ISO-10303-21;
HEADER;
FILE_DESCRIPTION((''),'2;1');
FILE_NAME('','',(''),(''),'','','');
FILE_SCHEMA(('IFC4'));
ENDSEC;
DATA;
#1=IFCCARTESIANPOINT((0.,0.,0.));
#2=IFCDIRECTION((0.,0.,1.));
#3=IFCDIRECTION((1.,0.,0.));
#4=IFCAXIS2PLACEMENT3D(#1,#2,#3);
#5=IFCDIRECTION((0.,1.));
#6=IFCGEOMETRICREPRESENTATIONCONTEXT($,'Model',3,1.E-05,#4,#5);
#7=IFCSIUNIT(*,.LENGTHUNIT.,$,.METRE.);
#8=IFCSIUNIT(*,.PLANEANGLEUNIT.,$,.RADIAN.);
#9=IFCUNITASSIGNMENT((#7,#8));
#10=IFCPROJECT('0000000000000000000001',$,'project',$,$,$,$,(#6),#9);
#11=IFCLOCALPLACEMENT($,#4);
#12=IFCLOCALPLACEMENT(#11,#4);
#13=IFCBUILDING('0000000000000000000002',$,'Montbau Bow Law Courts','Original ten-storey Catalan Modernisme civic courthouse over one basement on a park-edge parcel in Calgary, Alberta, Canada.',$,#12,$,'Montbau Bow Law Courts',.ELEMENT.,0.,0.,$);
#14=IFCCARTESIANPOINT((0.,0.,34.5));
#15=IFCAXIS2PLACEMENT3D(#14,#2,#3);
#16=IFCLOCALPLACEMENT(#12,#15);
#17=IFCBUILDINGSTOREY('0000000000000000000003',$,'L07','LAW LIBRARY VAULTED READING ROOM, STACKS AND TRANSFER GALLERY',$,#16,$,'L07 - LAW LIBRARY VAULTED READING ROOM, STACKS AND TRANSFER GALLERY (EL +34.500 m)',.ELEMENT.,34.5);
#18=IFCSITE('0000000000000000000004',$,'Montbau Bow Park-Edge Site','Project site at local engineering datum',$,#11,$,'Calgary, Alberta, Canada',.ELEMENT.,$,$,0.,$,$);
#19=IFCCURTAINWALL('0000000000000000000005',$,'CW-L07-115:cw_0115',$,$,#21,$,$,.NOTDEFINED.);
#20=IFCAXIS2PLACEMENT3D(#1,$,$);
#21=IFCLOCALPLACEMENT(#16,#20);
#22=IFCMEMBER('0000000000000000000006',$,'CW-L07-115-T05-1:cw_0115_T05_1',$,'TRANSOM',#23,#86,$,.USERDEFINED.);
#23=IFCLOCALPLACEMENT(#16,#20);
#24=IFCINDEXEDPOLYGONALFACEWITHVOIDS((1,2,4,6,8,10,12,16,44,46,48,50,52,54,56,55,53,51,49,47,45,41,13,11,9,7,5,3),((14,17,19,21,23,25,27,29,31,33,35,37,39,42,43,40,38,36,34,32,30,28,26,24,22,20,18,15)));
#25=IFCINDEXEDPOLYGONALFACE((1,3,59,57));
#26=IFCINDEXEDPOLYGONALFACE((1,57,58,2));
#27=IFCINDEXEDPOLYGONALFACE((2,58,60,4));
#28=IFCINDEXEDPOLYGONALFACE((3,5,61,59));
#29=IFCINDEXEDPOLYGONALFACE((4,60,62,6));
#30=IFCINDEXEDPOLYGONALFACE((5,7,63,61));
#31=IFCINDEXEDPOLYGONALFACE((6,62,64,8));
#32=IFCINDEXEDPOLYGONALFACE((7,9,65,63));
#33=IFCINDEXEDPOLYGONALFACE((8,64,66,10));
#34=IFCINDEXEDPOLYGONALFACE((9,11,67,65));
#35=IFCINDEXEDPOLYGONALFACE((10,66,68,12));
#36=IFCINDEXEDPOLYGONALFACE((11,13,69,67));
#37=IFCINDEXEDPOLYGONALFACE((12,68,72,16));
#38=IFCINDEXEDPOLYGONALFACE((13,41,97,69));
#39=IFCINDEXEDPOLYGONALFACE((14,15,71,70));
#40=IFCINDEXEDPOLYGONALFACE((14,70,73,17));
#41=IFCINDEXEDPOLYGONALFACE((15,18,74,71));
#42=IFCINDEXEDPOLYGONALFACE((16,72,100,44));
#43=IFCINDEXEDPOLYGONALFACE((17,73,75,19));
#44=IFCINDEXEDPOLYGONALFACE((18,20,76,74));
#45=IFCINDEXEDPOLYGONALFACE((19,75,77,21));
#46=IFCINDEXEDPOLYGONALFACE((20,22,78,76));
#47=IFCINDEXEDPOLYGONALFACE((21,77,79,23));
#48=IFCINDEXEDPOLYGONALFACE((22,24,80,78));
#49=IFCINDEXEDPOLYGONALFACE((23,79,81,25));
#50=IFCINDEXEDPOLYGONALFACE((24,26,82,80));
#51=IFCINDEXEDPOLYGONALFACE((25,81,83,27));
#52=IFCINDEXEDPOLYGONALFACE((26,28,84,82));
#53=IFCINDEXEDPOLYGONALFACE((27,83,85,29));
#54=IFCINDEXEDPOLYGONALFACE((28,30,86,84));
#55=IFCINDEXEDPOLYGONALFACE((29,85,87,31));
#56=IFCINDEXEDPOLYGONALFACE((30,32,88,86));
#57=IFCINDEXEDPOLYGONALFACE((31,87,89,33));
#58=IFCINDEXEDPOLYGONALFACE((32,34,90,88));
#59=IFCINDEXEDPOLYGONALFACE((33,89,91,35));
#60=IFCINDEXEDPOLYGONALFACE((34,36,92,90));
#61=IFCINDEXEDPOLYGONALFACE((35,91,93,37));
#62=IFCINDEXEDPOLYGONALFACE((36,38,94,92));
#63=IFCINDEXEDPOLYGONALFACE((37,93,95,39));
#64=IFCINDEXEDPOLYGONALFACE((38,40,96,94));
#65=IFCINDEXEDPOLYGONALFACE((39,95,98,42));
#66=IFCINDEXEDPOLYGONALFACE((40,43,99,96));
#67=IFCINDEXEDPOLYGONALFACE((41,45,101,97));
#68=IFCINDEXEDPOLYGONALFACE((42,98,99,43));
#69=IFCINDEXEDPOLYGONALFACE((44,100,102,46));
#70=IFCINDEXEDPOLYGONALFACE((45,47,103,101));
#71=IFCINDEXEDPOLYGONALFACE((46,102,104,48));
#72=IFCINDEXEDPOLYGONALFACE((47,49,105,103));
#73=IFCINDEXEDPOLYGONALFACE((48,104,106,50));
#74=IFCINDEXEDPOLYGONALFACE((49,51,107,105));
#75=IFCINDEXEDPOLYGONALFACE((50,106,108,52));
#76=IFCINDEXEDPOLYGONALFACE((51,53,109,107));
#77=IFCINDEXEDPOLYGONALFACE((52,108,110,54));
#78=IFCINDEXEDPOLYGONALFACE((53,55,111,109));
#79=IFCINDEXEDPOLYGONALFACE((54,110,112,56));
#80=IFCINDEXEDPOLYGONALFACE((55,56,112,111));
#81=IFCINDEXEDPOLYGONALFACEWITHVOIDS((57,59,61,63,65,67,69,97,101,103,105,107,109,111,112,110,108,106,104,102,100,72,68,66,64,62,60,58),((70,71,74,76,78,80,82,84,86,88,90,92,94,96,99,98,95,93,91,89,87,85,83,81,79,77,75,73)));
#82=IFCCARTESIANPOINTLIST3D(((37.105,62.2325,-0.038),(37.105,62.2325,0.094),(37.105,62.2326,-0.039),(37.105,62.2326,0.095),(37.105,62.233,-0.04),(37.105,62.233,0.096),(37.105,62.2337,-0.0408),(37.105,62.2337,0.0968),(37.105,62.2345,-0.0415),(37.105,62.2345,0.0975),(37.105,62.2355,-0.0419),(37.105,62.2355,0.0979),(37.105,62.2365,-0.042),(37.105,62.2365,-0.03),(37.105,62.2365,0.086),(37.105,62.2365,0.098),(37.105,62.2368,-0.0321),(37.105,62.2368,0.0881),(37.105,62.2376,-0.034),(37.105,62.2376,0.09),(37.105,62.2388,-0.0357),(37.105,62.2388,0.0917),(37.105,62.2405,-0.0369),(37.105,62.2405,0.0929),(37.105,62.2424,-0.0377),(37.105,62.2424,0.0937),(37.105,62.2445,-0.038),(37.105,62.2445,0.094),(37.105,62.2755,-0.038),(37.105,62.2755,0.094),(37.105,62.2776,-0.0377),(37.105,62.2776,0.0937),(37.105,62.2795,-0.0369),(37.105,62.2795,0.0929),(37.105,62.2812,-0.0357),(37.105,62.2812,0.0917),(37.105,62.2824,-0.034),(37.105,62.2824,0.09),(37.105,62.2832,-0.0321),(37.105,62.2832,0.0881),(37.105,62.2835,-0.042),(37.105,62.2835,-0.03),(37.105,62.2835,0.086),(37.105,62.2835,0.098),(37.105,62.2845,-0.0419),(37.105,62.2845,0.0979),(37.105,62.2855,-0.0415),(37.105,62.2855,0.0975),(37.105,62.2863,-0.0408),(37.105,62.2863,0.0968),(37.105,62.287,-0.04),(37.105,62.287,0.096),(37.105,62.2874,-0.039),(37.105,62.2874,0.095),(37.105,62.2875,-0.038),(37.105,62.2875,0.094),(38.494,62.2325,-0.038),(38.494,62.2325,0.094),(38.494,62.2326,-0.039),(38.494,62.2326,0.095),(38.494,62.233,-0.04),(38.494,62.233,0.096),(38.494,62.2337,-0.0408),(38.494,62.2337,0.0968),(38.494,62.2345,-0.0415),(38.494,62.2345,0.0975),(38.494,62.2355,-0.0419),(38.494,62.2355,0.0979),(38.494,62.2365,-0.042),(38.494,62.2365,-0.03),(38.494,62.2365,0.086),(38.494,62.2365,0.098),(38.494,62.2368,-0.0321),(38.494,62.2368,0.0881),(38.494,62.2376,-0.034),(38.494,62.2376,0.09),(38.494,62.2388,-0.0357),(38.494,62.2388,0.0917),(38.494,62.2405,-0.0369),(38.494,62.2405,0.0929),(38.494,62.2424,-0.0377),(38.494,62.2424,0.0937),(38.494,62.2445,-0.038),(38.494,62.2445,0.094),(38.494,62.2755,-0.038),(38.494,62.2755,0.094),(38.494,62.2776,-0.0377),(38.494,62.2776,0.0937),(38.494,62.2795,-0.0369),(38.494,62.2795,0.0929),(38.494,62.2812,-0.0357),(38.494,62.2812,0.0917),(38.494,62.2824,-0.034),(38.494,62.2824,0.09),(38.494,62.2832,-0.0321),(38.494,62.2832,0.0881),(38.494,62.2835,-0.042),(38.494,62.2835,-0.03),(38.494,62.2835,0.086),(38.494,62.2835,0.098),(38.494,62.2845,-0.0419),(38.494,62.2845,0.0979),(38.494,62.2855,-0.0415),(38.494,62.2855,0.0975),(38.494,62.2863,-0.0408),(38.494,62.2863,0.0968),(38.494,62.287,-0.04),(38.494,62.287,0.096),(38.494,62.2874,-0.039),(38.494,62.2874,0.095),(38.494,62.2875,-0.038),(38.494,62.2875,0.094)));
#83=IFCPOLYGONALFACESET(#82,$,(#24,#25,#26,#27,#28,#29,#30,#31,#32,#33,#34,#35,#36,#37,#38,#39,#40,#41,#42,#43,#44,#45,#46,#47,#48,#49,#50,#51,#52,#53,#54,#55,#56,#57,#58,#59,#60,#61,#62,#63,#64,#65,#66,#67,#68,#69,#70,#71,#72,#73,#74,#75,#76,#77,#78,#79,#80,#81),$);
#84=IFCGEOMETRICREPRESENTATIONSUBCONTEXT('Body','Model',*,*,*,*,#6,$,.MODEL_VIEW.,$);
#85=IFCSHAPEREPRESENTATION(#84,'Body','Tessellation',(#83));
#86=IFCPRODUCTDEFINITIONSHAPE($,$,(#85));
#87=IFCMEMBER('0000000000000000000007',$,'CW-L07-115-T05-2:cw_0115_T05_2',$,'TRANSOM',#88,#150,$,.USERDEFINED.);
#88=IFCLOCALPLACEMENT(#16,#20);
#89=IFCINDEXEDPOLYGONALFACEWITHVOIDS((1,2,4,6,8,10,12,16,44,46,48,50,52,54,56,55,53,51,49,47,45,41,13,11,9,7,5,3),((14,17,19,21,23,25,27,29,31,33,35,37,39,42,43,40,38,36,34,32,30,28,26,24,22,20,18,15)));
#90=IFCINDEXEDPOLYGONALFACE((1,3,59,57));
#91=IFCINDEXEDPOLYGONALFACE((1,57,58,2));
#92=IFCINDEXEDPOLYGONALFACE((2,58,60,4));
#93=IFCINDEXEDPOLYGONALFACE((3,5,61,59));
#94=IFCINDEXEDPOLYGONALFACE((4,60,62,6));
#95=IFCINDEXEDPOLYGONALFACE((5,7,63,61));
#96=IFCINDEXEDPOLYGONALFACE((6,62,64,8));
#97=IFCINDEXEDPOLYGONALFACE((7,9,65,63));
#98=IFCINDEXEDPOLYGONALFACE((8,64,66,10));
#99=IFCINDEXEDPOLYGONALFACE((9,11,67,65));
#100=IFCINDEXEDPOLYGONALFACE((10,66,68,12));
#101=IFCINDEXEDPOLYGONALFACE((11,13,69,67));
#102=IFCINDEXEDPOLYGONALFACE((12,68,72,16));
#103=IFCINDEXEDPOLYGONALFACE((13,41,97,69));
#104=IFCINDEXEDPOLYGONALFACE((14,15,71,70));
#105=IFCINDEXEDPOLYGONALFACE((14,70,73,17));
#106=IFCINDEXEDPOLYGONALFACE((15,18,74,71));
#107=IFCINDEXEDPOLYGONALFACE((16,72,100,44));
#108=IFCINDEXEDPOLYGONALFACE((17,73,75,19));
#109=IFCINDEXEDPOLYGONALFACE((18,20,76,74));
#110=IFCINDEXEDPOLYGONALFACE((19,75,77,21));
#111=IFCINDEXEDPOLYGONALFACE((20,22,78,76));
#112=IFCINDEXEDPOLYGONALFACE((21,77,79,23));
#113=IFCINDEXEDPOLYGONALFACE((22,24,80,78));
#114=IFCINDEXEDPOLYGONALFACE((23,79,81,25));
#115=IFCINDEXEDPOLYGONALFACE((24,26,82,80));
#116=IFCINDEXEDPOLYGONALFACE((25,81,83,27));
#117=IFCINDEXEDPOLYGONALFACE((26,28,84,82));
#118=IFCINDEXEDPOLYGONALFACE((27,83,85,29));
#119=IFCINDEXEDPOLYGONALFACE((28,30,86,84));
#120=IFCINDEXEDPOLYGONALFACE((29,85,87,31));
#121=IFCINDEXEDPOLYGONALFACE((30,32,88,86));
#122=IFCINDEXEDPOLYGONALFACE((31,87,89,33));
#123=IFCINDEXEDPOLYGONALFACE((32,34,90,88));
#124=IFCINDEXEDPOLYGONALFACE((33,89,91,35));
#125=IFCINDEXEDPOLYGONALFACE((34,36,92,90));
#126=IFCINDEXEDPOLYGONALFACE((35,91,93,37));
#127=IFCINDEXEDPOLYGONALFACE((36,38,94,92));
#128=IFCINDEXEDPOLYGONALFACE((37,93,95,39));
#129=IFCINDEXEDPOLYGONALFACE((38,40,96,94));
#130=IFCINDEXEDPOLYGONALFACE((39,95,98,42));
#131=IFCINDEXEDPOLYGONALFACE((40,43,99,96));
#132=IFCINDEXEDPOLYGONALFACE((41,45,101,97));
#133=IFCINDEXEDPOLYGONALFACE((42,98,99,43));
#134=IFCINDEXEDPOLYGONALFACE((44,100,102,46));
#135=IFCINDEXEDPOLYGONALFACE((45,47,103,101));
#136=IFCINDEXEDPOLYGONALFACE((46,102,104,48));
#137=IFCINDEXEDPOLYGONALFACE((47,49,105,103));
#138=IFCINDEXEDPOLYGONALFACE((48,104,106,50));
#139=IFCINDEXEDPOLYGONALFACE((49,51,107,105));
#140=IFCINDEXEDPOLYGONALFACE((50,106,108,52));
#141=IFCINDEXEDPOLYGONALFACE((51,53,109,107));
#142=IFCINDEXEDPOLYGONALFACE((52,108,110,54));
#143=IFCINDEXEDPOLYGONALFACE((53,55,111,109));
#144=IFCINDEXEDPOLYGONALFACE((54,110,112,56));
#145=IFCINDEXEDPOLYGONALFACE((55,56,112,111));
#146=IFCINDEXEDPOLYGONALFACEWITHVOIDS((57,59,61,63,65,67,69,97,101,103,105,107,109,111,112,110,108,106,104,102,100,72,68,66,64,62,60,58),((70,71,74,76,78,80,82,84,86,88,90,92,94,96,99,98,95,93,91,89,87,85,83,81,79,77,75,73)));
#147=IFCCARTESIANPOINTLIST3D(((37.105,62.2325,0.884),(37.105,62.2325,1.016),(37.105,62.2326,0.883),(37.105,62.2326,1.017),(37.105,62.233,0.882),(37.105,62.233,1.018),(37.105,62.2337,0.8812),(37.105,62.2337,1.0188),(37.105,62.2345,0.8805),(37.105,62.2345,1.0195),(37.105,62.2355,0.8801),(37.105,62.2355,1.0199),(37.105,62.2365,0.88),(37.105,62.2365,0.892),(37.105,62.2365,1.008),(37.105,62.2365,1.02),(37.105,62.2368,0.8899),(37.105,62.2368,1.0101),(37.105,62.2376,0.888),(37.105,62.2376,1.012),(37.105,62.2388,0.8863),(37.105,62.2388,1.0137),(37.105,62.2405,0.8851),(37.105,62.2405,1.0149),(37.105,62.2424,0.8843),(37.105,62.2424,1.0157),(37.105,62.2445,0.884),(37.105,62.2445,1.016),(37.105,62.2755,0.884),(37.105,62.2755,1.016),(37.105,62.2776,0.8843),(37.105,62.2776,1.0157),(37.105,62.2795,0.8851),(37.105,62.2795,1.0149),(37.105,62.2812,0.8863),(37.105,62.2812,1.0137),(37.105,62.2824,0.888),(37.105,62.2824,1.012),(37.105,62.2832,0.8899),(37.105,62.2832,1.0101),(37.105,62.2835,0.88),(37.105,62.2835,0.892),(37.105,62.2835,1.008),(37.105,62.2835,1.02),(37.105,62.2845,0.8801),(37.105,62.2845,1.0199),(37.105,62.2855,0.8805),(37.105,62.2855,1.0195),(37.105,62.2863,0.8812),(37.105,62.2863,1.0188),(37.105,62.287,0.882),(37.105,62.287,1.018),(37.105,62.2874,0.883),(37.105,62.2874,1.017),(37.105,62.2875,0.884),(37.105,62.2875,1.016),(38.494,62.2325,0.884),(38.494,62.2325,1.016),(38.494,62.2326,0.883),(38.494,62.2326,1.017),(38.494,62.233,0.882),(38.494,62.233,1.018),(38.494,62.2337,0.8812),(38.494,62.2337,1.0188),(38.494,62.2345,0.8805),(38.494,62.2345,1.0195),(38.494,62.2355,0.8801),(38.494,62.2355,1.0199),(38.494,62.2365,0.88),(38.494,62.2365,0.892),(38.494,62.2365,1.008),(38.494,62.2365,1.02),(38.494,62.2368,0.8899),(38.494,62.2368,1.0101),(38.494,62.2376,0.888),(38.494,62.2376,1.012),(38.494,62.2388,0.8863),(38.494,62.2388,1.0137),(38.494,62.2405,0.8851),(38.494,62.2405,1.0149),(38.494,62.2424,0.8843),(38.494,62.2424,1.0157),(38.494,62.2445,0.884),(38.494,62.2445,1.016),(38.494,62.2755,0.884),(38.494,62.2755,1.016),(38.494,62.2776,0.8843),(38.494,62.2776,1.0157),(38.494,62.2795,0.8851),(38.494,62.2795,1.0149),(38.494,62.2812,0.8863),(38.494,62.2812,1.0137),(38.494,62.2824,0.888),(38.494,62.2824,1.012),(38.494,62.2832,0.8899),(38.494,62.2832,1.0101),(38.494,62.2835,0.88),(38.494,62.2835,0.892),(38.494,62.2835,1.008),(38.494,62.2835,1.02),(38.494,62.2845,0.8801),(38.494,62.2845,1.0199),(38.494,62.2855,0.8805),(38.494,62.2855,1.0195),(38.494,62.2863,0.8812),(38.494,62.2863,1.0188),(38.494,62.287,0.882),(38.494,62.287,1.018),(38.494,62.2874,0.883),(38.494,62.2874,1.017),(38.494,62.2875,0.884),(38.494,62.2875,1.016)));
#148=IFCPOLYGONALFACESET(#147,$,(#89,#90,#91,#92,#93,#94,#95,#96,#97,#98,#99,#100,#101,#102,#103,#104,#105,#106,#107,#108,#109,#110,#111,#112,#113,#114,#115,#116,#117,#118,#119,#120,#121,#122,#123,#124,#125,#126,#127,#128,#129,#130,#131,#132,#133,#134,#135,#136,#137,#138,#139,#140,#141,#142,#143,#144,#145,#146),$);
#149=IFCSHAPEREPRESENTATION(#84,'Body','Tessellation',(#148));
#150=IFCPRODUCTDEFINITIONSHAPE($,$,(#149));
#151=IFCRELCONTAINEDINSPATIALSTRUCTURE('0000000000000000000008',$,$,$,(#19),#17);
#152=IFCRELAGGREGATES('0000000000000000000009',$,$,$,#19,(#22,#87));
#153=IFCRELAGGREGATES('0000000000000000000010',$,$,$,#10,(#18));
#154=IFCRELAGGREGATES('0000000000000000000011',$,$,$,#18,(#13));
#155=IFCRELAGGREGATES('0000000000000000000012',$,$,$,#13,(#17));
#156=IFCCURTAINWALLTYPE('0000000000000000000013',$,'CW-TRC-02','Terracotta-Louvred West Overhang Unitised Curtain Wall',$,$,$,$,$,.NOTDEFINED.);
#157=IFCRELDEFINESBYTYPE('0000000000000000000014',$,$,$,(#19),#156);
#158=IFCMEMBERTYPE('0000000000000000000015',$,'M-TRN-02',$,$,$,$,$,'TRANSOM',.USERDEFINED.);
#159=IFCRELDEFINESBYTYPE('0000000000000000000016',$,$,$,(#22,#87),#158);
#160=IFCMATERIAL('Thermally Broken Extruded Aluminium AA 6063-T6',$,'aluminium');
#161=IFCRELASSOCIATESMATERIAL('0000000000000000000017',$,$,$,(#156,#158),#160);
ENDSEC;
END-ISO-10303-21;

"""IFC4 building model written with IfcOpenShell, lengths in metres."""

from ifc_helpers import new_model, si_unit, direction, frame, origin_with_axes, origin_2d_with_axis, place, context, subcontext, project, spatial, hollow_rectangle, extrude, material, material_profile, profile_set, type_object, element, aggregate, save


model = new_model("IFC4")

# Units and contexts
model_context = context("Model", 3, precision=1e-05, world=origin_with_axes(), true_north=direction((0.0, 1.0)))
body_context = subcontext(model_context, "Body", "Model", "MODEL_VIEW")
ifc_project = project(units=[si_unit("LENGTHUNIT", "METRE"), si_unit("PLANEANGLEUNIT", "RADIAN")], contexts=[model_context])

# Site, building, storey
site_placement = place(None, origin_with_axes())
site = spatial("IfcSite", under=ifc_project, at=site_placement, Name="Montbau Bow Park-Edge Site", Description="Project site at local engineering datum", LongName="Calgary, Alberta, Canada", CompositionType="ELEMENT", RefElevation=0.0)
building_placement = place(site_placement, origin_with_axes())
building = spatial("IfcBuilding", under=site, at=building_placement, Name="Montbau Bow Law Courts", Description="Original ten-storey Catalan Modernisme civic courthouse over one basement on a park-edge parcel in Calgary, Alberta, Canada.", LongName="Montbau Bow Law Courts", CompositionType="ELEMENT", ElevationOfRefHeight=0.0, ElevationOfTerrain=0.0)
storey_placement = place(building_placement, frame((0.0, 0.0, 34.5), z_axis=(0.0, 0.0, 1.0), x_axis=(1.0, 0.0, 0.0)))
storey = spatial("IfcBuildingStorey", under=building, at=storey_placement, Name="L07", Description="LAW LIBRARY VAULTED READING ROOM, STACKS AND TRANSFER GALLERY", LongName="L07 - LAW LIBRARY VAULTED READING ROOM, STACKS AND TRANSFER GALLERY (EL +34.500 m)", CompositionType="ELEMENT", Elevation=34.5)

# Curtain wall
ifc_material_1 = material(Name="Thermally Broken Extruded Aluminium AA 6063-T6", Category="aluminium")
curtain_wall_type = type_object("IfcCurtainWallType", Name="CW-TRC-02", Description="Terracotta-Louvred West Overhang Unitised Curtain Wall", PredefinedType="NOTDEFINED", material=ifc_material_1)
curtain_wall_1_placement = place(None, frame((31.115, 62.26, 34.5), z_axis=(0.0, 0.0, 1.0), x_axis=(1.0, 0.0, 0.0)))
curtain_wall_1 = element("IfcCurtainWall", 1, at=curtain_wall_1_placement, inside=storey, type_object=curtain_wall_type, Name="CW-L07-115:cw_0115", PredefinedType="NOTDEFINED")

# Members
ifc_material_profile_1 = material_profile(ifc_material_1, hollow_rectangle(XDim=0.055, YDim=0.14, WallThickness=0.004, InnerFilletRadius=0.008, OuterFilletRadius=0.004, at=origin_2d_with_axis()), Name="CWT-140X55", Category="Main", Priority=0)
ifc_profile_set_1 = profile_set([ifc_material_profile_1], Name="Thermally Broken Extruded Aluminium AA 6063-T6")
member_type_1 = type_object("IfcMemberType", Name="M-TRN-02", ElementType="TRANSOM", PredefinedType="USERDEFINED", material=ifc_profile_set_1)
member_1_placement = place(None, frame((37.105, 62.26, 34.528), z_axis=(1.0, 0.0, 0.0), x_axis=(0.0, 1.0, 0.0)))
member_1 = element("IfcMember", 2, at=member_1_placement, type_object=member_type_1, Name="CW-L07-115-T05-1:cw_0115_T05_1", ObjectType="TRANSOM", PredefinedType="USERDEFINED", context=body_context, shape_type="SweptSolid", body=[
    extrude(hollow_rectangle(XDim=0.055, YDim=0.14, WallThickness=0.004, InnerFilletRadius=0.008, OuterFilletRadius=0.004, at=origin_2d_with_axis()), origin_with_axes(), (0.0, 0.0, 1.0), 1.389),
])
member_2_placement = place(None, frame((37.105, 62.26, 35.45), z_axis=(1.0, 0.0, 0.0), x_axis=(0.0, 1.0, 0.0)))
member_2 = element("IfcMember", 3, at=member_2_placement, type_object=member_type_1, Name="CW-L07-115-T05-2:cw_0115_T05_2", ObjectType="TRANSOM", PredefinedType="USERDEFINED", context=body_context, shape_type="SweptSolid", body=[
    extrude(hollow_rectangle(XDim=0.055, YDim=0.14, WallThickness=0.004, InnerFilletRadius=0.008, OuterFilletRadius=0.004, at=origin_2d_with_axis()), origin_with_axes(), (0.0, 0.0, 1.0), 1.389),
])

aggregate(curtain_wall_1, [member_1, member_2])

save(model, "model.ifc")
